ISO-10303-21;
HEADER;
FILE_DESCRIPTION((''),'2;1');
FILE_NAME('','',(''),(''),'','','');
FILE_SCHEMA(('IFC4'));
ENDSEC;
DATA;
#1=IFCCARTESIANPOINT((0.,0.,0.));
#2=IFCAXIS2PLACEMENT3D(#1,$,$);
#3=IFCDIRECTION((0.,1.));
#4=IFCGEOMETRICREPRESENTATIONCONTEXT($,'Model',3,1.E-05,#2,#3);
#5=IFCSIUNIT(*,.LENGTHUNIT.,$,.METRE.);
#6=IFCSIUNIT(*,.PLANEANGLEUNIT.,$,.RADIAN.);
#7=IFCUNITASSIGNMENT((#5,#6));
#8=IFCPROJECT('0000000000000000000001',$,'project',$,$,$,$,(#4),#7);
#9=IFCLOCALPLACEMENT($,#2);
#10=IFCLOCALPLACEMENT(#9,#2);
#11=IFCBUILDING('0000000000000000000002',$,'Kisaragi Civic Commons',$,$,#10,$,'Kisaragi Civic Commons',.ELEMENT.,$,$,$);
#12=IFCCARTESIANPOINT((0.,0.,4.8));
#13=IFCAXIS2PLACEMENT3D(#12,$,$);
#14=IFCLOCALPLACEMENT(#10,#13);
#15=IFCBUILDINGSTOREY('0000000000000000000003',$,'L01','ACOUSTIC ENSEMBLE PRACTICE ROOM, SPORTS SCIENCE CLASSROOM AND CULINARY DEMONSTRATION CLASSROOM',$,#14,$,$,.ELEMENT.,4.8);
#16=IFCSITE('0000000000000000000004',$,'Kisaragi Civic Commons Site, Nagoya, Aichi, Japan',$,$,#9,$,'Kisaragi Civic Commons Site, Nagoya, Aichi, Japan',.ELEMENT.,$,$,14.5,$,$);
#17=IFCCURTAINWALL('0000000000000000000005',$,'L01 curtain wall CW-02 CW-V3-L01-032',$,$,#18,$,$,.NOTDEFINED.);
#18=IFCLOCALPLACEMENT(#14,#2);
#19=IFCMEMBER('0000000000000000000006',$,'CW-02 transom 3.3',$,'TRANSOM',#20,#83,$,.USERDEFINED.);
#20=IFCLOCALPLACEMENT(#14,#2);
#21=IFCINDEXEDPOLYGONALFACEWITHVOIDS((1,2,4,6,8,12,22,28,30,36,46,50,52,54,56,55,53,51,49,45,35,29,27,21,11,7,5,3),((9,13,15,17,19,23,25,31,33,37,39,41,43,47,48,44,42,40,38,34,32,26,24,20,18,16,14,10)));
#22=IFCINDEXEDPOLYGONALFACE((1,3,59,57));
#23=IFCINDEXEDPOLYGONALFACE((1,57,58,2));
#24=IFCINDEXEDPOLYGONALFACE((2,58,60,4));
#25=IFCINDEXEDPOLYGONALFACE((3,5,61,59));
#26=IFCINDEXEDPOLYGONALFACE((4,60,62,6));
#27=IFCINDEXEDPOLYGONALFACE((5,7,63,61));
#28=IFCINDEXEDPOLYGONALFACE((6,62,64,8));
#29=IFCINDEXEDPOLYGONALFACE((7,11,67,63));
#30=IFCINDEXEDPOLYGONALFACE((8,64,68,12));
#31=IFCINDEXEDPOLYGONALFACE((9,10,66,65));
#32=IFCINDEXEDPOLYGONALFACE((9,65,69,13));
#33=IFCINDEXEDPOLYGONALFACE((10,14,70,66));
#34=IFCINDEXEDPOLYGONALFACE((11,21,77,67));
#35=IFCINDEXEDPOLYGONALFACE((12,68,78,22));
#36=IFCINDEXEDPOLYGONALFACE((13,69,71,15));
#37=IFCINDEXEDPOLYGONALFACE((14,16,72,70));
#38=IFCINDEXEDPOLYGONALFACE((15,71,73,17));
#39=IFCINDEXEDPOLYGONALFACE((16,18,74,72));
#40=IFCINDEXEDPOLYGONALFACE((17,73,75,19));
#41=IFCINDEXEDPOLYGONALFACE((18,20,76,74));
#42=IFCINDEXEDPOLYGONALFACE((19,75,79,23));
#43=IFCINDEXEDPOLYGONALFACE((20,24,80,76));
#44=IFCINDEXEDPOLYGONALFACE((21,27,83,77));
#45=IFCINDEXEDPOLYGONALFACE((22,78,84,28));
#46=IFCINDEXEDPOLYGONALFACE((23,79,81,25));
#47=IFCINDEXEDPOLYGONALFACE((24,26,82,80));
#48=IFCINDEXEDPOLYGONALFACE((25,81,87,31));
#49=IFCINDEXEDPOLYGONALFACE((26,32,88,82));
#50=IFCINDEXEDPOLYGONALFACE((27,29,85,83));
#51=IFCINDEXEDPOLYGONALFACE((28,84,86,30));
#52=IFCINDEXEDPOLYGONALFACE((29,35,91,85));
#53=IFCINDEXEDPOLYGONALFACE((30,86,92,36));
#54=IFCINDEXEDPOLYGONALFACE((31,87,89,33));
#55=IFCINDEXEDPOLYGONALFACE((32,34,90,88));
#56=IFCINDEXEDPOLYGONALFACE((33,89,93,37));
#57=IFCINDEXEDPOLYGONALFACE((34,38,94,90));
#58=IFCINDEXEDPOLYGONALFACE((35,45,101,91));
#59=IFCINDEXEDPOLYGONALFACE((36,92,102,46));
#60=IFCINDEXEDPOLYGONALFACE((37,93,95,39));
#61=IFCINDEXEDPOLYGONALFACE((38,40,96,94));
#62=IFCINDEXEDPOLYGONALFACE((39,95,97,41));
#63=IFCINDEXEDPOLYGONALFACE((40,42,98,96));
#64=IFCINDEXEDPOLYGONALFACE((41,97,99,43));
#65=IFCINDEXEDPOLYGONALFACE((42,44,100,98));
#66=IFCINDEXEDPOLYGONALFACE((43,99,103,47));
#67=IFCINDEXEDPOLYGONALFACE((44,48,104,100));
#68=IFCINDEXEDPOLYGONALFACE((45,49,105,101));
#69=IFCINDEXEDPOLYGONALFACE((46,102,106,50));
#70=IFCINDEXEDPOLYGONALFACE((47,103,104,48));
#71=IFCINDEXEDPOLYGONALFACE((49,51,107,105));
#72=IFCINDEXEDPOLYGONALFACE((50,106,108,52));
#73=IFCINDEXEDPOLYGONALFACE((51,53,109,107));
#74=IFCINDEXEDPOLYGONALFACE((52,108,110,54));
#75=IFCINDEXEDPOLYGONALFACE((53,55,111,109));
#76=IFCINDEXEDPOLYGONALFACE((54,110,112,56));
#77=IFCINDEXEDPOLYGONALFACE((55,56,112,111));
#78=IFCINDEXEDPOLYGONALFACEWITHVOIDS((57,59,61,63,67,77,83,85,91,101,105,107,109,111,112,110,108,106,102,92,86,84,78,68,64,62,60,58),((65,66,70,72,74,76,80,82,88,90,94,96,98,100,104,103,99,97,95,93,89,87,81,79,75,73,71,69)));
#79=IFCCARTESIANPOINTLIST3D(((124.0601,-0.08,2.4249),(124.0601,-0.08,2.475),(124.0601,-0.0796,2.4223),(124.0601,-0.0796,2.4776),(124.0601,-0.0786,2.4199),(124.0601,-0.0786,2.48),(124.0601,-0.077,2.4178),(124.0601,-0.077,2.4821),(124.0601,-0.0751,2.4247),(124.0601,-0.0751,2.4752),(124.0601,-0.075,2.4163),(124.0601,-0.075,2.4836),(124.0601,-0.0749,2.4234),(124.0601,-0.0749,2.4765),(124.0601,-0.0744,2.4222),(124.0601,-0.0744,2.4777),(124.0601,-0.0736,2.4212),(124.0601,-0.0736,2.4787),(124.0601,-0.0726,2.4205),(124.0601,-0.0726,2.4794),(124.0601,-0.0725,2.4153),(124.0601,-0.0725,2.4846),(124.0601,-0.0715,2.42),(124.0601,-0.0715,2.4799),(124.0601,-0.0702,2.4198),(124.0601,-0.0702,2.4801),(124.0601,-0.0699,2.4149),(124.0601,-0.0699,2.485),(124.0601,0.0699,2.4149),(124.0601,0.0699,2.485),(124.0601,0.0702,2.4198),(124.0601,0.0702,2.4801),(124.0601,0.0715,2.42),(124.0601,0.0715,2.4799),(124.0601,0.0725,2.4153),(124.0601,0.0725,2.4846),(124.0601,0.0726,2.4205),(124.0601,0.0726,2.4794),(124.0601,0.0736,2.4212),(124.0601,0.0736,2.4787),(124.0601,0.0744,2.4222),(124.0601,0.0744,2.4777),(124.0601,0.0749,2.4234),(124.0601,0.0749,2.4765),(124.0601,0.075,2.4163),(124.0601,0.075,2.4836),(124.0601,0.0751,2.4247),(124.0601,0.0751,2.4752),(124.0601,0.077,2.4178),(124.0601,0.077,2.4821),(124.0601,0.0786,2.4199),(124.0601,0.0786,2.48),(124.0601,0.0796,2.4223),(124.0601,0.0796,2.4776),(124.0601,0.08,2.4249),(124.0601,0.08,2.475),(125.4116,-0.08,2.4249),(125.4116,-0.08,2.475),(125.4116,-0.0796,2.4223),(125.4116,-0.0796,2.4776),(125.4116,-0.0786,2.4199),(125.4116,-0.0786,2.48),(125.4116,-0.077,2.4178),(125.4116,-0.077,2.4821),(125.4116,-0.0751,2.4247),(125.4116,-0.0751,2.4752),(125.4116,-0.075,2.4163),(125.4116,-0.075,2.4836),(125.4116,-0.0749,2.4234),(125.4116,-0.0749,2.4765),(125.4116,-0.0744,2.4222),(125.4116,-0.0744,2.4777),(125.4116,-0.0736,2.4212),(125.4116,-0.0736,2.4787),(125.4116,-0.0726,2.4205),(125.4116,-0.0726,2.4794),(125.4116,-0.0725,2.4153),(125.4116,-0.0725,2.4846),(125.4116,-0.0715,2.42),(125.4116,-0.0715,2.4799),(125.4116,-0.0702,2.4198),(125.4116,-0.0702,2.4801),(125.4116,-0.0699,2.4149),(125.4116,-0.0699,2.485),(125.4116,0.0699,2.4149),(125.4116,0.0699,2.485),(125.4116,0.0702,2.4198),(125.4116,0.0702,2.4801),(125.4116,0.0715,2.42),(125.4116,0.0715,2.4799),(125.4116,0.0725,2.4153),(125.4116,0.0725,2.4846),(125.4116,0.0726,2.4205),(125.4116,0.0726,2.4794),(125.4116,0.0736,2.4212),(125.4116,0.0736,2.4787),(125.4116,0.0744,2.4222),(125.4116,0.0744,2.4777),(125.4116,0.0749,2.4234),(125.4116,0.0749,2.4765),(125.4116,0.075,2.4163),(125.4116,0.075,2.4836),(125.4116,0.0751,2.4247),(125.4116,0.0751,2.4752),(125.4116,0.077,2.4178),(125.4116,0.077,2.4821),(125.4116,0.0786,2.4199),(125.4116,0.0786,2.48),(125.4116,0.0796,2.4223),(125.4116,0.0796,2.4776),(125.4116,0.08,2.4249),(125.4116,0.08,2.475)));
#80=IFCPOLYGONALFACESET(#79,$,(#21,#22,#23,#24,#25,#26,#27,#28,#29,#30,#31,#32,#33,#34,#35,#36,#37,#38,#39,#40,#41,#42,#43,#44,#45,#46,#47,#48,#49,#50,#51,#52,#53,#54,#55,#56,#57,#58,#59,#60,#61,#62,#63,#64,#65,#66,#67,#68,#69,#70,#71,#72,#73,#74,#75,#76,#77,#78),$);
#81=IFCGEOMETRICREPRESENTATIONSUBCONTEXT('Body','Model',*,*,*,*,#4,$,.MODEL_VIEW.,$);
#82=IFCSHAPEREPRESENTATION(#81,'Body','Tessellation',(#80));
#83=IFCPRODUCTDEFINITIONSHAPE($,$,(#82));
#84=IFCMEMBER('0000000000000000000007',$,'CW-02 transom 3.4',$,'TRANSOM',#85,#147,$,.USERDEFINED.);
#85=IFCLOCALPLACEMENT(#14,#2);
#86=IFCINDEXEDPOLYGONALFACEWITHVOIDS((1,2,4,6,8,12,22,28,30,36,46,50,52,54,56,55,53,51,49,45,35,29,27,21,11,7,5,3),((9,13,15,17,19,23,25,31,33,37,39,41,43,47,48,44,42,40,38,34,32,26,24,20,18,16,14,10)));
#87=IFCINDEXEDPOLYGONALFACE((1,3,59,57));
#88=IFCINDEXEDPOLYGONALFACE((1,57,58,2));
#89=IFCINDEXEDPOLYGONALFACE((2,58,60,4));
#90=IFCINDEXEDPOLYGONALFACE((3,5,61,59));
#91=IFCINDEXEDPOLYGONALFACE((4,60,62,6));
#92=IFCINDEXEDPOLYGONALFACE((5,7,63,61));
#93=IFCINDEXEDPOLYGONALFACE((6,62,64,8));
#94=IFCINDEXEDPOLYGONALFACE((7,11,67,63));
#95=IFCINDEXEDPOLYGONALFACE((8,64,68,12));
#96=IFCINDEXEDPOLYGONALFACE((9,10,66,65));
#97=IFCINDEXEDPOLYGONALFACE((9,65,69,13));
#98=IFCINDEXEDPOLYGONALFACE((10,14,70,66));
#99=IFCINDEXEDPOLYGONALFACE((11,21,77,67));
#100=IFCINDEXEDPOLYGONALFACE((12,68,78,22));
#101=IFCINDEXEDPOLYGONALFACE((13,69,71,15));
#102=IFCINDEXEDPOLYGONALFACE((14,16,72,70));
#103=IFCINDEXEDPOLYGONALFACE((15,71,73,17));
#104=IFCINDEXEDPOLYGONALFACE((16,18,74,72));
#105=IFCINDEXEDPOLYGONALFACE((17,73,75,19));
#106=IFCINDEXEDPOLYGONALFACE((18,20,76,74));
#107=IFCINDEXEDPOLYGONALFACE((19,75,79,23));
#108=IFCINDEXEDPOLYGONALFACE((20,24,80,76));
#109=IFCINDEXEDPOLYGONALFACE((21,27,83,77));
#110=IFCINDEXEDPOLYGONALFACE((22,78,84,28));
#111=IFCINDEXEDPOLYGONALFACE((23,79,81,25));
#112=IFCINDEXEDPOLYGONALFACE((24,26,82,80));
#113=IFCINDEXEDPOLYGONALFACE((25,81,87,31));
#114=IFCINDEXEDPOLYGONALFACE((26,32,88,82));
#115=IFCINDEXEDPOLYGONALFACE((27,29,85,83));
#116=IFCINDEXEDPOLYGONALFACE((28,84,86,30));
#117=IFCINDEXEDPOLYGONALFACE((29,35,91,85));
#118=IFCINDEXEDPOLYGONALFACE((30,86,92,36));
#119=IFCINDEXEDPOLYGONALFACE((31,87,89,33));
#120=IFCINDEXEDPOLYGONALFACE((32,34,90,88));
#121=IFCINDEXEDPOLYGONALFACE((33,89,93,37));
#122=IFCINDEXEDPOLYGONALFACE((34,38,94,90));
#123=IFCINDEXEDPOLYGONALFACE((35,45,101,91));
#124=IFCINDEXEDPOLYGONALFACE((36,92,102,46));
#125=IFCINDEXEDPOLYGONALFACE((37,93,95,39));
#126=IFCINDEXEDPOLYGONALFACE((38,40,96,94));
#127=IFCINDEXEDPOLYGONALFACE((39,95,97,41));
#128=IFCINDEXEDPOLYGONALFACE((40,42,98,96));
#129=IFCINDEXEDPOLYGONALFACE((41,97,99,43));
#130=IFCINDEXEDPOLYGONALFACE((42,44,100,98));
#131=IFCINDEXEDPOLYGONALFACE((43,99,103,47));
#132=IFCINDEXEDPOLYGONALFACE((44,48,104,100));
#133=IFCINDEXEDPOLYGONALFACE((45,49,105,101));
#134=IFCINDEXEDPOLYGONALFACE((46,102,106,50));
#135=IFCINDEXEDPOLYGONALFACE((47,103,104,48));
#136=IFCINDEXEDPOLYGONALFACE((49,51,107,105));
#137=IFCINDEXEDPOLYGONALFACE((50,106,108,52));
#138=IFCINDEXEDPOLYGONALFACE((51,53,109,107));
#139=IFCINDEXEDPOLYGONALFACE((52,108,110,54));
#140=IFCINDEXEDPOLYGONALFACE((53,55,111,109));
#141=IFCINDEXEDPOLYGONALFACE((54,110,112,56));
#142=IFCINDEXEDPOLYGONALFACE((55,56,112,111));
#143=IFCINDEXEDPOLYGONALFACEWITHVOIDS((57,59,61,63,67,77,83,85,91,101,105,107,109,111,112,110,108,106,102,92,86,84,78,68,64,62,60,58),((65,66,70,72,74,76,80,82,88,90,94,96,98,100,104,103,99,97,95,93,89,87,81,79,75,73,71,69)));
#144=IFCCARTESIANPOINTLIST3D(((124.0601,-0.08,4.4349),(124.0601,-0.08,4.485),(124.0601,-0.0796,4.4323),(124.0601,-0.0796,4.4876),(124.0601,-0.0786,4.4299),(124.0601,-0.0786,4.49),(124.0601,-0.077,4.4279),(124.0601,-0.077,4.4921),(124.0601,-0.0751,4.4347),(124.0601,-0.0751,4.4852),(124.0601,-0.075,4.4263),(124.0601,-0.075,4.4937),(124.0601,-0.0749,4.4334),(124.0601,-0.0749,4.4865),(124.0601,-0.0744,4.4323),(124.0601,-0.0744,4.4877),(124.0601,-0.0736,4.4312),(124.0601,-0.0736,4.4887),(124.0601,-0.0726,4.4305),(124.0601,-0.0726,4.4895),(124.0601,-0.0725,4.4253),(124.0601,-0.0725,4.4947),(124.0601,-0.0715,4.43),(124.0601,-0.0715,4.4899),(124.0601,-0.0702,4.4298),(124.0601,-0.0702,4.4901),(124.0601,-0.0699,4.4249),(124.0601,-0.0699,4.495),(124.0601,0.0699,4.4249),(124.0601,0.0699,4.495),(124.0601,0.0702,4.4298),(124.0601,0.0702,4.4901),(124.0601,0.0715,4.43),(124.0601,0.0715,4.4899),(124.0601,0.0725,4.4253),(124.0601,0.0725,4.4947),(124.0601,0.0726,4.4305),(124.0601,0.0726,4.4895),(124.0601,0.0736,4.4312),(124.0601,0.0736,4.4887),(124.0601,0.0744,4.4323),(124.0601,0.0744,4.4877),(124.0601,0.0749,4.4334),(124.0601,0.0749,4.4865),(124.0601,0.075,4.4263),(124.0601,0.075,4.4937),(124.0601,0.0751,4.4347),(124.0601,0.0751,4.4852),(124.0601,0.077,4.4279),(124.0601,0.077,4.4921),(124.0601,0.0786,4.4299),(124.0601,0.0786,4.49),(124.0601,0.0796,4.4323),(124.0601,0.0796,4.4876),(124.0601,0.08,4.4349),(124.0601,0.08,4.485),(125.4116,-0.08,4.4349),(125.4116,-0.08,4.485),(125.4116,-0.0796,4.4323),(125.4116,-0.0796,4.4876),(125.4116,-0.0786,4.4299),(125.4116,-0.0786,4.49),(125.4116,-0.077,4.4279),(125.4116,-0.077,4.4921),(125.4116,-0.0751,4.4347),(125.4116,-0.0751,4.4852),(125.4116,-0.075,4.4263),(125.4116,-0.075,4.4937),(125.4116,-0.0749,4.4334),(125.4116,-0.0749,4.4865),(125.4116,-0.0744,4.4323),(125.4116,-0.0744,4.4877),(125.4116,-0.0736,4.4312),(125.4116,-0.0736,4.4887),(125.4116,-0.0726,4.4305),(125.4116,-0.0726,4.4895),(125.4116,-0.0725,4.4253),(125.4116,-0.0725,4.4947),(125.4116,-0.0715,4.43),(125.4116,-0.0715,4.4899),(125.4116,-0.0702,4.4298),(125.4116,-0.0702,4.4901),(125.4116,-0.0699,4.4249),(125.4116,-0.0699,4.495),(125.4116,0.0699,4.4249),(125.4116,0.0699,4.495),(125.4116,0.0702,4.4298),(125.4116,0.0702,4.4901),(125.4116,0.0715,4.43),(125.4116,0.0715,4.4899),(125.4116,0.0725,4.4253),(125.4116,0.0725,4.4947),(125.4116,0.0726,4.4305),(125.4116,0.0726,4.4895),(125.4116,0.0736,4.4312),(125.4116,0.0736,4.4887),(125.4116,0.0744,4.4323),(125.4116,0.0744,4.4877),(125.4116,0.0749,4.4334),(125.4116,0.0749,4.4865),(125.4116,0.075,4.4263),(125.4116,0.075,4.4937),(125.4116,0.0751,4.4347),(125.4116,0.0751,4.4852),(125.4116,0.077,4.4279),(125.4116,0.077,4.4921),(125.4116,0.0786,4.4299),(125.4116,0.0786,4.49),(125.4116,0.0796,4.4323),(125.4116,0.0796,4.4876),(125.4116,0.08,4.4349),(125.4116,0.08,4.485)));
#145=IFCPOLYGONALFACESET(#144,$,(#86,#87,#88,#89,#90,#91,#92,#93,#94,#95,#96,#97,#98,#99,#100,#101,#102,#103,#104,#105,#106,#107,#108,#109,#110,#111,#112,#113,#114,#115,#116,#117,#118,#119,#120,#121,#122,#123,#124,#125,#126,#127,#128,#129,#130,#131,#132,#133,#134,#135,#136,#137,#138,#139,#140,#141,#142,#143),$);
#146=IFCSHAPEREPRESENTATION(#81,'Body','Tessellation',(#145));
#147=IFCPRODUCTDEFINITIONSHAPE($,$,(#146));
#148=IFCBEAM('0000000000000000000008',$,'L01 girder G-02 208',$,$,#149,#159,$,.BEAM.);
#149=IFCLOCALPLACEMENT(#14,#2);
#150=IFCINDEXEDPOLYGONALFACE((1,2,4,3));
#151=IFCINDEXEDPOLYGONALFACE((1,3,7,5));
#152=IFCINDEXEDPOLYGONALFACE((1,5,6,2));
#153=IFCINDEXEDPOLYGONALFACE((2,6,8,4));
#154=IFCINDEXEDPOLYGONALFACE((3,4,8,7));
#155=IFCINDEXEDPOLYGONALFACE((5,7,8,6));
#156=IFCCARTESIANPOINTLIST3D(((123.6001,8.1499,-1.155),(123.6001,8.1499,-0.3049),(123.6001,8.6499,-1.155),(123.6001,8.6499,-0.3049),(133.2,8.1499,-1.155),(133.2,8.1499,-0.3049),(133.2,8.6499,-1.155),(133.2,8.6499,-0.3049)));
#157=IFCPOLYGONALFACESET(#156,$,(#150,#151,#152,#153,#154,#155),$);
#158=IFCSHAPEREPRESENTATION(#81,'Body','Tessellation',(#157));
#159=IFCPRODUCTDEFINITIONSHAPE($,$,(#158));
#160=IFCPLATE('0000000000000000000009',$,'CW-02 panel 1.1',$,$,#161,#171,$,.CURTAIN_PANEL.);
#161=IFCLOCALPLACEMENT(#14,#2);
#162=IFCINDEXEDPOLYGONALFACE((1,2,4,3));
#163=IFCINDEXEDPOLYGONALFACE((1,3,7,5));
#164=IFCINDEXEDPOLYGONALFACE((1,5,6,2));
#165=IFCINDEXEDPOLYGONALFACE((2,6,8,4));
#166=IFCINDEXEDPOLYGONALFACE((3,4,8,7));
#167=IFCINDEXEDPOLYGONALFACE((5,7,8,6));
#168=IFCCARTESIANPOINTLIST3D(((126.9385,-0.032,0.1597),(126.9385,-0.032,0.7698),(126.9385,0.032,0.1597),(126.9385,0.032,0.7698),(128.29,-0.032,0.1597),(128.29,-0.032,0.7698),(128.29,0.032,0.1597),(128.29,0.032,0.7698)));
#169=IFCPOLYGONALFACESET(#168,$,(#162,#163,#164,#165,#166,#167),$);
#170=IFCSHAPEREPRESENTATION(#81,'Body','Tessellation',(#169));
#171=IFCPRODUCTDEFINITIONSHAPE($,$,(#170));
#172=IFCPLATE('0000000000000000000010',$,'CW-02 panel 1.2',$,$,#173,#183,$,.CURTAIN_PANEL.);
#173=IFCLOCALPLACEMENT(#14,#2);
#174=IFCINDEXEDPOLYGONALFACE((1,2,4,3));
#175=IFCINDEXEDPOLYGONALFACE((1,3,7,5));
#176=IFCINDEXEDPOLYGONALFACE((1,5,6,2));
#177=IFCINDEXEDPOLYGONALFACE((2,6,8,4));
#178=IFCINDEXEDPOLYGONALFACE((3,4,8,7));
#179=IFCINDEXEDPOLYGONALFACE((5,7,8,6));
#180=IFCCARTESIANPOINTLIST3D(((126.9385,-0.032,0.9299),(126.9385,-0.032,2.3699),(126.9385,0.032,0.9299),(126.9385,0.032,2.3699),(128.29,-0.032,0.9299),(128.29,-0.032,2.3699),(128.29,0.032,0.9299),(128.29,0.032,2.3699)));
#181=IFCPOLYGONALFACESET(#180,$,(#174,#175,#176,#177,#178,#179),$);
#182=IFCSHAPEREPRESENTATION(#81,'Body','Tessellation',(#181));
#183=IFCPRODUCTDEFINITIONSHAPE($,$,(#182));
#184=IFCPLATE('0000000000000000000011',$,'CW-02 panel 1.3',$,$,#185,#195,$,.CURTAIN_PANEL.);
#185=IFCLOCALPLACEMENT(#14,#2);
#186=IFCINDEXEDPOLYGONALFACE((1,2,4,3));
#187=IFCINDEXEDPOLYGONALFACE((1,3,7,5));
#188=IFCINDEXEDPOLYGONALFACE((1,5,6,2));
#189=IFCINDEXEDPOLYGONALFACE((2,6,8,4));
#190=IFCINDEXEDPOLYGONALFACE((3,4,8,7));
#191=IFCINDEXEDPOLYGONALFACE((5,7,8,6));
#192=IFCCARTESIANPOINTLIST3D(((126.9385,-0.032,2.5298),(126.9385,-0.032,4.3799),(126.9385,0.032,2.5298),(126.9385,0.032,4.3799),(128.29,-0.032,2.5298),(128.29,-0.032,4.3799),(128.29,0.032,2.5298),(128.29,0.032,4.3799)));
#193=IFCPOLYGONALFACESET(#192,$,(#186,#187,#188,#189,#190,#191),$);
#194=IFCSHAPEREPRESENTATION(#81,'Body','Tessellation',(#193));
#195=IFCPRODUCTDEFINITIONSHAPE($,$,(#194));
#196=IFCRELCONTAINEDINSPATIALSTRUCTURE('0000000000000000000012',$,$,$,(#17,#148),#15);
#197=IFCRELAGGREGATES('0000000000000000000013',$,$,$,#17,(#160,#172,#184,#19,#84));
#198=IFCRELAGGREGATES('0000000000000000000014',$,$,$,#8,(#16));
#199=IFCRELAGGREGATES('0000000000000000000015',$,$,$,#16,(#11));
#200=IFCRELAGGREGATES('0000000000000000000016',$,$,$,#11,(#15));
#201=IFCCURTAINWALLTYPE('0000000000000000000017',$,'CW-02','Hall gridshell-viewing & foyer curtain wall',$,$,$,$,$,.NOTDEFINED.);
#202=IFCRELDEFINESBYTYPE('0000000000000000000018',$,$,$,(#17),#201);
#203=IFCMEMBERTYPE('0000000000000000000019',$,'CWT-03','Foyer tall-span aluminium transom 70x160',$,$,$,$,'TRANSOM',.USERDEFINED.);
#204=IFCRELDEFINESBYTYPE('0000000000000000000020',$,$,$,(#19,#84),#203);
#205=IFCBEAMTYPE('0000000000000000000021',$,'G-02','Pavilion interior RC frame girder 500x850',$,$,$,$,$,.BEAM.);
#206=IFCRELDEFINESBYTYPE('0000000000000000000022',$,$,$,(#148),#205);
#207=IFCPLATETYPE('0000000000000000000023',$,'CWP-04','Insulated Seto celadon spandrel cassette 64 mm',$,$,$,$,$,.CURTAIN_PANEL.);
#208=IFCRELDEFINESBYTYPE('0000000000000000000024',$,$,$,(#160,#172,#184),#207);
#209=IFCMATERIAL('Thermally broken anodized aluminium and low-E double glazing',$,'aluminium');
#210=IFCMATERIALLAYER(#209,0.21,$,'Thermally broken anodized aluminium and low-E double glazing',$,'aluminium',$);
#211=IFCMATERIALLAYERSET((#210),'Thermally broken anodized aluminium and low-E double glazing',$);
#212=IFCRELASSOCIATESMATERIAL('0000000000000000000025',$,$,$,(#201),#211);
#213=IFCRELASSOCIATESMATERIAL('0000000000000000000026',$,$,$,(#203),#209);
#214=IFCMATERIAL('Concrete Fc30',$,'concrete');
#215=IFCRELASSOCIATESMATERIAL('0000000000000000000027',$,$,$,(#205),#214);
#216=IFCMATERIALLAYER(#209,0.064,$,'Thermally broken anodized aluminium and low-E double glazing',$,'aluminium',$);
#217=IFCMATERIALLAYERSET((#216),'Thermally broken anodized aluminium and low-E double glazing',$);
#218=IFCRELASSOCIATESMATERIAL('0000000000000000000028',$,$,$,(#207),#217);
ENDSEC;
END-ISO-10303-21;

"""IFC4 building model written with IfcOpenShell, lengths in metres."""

from ifc_helpers import new_model, si_unit, direction, frame, origin, origin_2d, place, context, subcontext, project, spatial, rectangle, hollow_rectangle, extrude, material, layer, layer_set, material_profile, profile_set, type_object, element, aggregate, save


model = new_model("IFC4")

# Units and contexts
model_context = context("Model", 3, precision=1e-05, world=origin(), true_north=direction((0.0, 1.0)))
body_context = subcontext(model_context, "Body", "Model", "MODEL_VIEW")
ifc_project = project(units=[si_unit("LENGTHUNIT", "METRE"), si_unit("PLANEANGLEUNIT", "RADIAN")], contexts=[model_context])

# Site, building, storey
site_placement = place(None, origin())
site = spatial("IfcSite", under=ifc_project, at=site_placement, Name="Kisaragi Civic Commons Site, Nagoya, Aichi, Japan", LongName="Kisaragi Civic Commons Site, Nagoya, Aichi, Japan", CompositionType="ELEMENT", RefElevation=14.5)
building_placement = place(site_placement, origin())
building = spatial("IfcBuilding", under=site, at=building_placement, Name="Kisaragi Civic Commons", LongName="Kisaragi Civic Commons", CompositionType="ELEMENT")
storey_placement = place(building_placement, frame((0.0, 0.0, 4.8)))
storey = spatial("IfcBuildingStorey", under=building, at=storey_placement, Name="L01", Description="ACOUSTIC ENSEMBLE PRACTICE ROOM, SPORTS SCIENCE CLASSROOM AND CULINARY DEMONSTRATION CLASSROOM", CompositionType="ELEMENT", Elevation=4.8)

# Curtain wall, members
ifc_material_1 = material(Name="Thermally broken anodized aluminium and low-E double glazing", Category="aluminium")
ifc_layer_1 = layer(ifc_material_1, 0.21, Name="Thermally broken anodized aluminium and low-E double glazing", Category="aluminium")
ifc_layer_set_1 = layer_set([ifc_layer_1], Name="Thermally broken anodized aluminium and low-E double glazing")
curtain_wall_type = type_object("IfcCurtainWallType", Name="CW-02", Description="Hall gridshell-viewing & foyer curtain wall", PredefinedType="NOTDEFINED", material=ifc_layer_set_1)
curtain_wall_placement = place(storey_placement, origin())
curtain_wall = element("IfcCurtainWall", 1, at=curtain_wall_placement, inside=storey, type_object=curtain_wall_type, Name="L01 curtain wall CW-02 CW-V3-L01-032", PredefinedType="NOTDEFINED")
ifc_material_profile_1 = material_profile(ifc_material_1, hollow_rectangle(XDim=0.1599, YDim=0.0701, WallThickness=0.0049, InnerFilletRadius=0.0049, OuterFilletRadius=0.01, at=origin_2d()), Name="CWT-70x160x5", Category="aluminium")
ifc_profile_set_1 = profile_set([ifc_material_profile_1], Name="Thermally broken anodized aluminium and low-E double glazing")
member_type_1 = type_object("IfcMemberType", Name="CWT-03", Description="Foyer tall-span aluminium transom 70x160", ElementType="TRANSOM", PredefinedType="USERDEFINED", material=ifc_profile_set_1)
member_1_placement = place(storey_placement, frame((125.4116, 0.0, 2.45), z_axis=(-1.0, 0.0, 0.0), x_axis=(0.0, -1.0, 0.0)))
member_1 = element("IfcMember", 2, at=member_1_placement, type_object=member_type_1, Name="CW-02 transom 3.3", ObjectType="TRANSOM", PredefinedType="USERDEFINED", context=body_context, shape_type="SweptSolid", body=[
    extrude(hollow_rectangle(XDim=0.1599, YDim=0.0701, WallThickness=0.0049, InnerFilletRadius=0.0049, OuterFilletRadius=0.01, at=origin_2d()), origin(), (0.0, 0.0, 1.0), 1.3516),
])
member_2_placement = place(storey_placement, frame((125.4116, 0.0, 4.46), z_axis=(-1.0, 0.0, 0.0), x_axis=(0.0, -1.0, 0.0)))
member_2 = element("IfcMember", 3, at=member_2_placement, type_object=member_type_1, Name="CW-02 transom 3.4", ObjectType="TRANSOM", PredefinedType="USERDEFINED", context=body_context, shape_type="SweptSolid", body=[
    extrude(hollow_rectangle(XDim=0.1599, YDim=0.0701, WallThickness=0.0049, InnerFilletRadius=0.0049, OuterFilletRadius=0.01, at=origin_2d()), origin(), (0.0, 0.0, 1.0), 1.3516),
])

# Beam
ifc_material_2 = material(Name="Concrete Fc30", Category="concrete")
ifc_material_profile_2 = material_profile(ifc_material_2, rectangle(XDim=0.5, YDim=0.8501, at=origin_2d()), Name="RC-500x850", Category="concrete")
ifc_profile_set_2 = profile_set([ifc_material_profile_2], Name="Concrete Fc30")
beam_type = type_object("IfcBeamType", Name="G-02", Description="Pavilion interior RC frame girder 500x850", PredefinedType="BEAM", material=ifc_profile_set_2)
beam_placement = place(storey_placement, frame((123.6001, 8.3999, -0.73), z_axis=(1.0, 0.0, 0.0), x_axis=(0.0, 1.0, 0.0)))
element("IfcBeam", 4, at=beam_placement, inside=storey, type_object=beam_type, Name="L01 girder G-02 208", PredefinedType="BEAM", context=body_context, shape_type="SweptSolid", body=[
    extrude(rectangle(XDim=0.5, YDim=0.8501, at=origin_2d()), origin(), (0.0, 0.0, 1.0), 9.5999),
])

# Plates
ifc_layer_2 = layer(ifc_material_1, 0.064, Name="Thermally broken anodized aluminium and low-E double glazing", Category="aluminium")
ifc_layer_set_2 = layer_set([ifc_layer_2], Name="Thermally broken anodized aluminium and low-E double glazing")
plate_type = type_object("IfcPlateType", Name="CWP-04", Description="Insulated Seto celadon spandrel cassette 64 mm", PredefinedType="CURTAIN_PANEL", material=ifc_layer_set_2)
plate_1_placement = place(storey_placement, frame((127.6143, 0.0, 0.1597), z_axis=(0.0, 0.0, 1.0), x_axis=(-1.0, 0.0, 0.0)))
plate_1 = element("IfcPlate", 5, at=plate_1_placement, type_object=plate_type, Name="CW-02 panel 1.1", PredefinedType="CURTAIN_PANEL", context=body_context, shape_type="SweptSolid", body=[
    extrude(rectangle(XDim=1.3516, YDim=0.064, at=origin_2d()), origin(), (0.0, 0.0, 1.0), 0.6101),
])
plate_2_placement = place(storey_placement, frame((127.6143, 0.0, 0.9299), z_axis=(0.0, 0.0, 1.0), x_axis=(-1.0, 0.0, 0.0)))
plate_2 = element("IfcPlate", 6, at=plate_2_placement, type_object=plate_type, Name="CW-02 panel 1.2", PredefinedType="CURTAIN_PANEL", context=body_context, shape_type="SweptSolid", body=[
    extrude(rectangle(XDim=1.3516, YDim=0.064, at=origin_2d()), origin(), (0.0, 0.0, 1.0), 1.4399),
])
plate_3_placement = place(storey_placement, frame((127.6143, 0.0, 2.5298), z_axis=(0.0, 0.0, 1.0), x_axis=(-1.0, 0.0, 0.0)))
plate_3 = element("IfcPlate", 7, at=plate_3_placement, type_object=plate_type, Name="CW-02 panel 1.3", PredefinedType="CURTAIN_PANEL", context=body_context, shape_type="SweptSolid", body=[
    extrude(rectangle(XDim=1.3516, YDim=0.064, at=origin_2d()), origin(), (0.0, 0.0, 1.0), 1.8501),
])
aggregate(curtain_wall, [plate_1, plate_2, plate_3, member_1, member_2])

save(model, "model.ifc")
